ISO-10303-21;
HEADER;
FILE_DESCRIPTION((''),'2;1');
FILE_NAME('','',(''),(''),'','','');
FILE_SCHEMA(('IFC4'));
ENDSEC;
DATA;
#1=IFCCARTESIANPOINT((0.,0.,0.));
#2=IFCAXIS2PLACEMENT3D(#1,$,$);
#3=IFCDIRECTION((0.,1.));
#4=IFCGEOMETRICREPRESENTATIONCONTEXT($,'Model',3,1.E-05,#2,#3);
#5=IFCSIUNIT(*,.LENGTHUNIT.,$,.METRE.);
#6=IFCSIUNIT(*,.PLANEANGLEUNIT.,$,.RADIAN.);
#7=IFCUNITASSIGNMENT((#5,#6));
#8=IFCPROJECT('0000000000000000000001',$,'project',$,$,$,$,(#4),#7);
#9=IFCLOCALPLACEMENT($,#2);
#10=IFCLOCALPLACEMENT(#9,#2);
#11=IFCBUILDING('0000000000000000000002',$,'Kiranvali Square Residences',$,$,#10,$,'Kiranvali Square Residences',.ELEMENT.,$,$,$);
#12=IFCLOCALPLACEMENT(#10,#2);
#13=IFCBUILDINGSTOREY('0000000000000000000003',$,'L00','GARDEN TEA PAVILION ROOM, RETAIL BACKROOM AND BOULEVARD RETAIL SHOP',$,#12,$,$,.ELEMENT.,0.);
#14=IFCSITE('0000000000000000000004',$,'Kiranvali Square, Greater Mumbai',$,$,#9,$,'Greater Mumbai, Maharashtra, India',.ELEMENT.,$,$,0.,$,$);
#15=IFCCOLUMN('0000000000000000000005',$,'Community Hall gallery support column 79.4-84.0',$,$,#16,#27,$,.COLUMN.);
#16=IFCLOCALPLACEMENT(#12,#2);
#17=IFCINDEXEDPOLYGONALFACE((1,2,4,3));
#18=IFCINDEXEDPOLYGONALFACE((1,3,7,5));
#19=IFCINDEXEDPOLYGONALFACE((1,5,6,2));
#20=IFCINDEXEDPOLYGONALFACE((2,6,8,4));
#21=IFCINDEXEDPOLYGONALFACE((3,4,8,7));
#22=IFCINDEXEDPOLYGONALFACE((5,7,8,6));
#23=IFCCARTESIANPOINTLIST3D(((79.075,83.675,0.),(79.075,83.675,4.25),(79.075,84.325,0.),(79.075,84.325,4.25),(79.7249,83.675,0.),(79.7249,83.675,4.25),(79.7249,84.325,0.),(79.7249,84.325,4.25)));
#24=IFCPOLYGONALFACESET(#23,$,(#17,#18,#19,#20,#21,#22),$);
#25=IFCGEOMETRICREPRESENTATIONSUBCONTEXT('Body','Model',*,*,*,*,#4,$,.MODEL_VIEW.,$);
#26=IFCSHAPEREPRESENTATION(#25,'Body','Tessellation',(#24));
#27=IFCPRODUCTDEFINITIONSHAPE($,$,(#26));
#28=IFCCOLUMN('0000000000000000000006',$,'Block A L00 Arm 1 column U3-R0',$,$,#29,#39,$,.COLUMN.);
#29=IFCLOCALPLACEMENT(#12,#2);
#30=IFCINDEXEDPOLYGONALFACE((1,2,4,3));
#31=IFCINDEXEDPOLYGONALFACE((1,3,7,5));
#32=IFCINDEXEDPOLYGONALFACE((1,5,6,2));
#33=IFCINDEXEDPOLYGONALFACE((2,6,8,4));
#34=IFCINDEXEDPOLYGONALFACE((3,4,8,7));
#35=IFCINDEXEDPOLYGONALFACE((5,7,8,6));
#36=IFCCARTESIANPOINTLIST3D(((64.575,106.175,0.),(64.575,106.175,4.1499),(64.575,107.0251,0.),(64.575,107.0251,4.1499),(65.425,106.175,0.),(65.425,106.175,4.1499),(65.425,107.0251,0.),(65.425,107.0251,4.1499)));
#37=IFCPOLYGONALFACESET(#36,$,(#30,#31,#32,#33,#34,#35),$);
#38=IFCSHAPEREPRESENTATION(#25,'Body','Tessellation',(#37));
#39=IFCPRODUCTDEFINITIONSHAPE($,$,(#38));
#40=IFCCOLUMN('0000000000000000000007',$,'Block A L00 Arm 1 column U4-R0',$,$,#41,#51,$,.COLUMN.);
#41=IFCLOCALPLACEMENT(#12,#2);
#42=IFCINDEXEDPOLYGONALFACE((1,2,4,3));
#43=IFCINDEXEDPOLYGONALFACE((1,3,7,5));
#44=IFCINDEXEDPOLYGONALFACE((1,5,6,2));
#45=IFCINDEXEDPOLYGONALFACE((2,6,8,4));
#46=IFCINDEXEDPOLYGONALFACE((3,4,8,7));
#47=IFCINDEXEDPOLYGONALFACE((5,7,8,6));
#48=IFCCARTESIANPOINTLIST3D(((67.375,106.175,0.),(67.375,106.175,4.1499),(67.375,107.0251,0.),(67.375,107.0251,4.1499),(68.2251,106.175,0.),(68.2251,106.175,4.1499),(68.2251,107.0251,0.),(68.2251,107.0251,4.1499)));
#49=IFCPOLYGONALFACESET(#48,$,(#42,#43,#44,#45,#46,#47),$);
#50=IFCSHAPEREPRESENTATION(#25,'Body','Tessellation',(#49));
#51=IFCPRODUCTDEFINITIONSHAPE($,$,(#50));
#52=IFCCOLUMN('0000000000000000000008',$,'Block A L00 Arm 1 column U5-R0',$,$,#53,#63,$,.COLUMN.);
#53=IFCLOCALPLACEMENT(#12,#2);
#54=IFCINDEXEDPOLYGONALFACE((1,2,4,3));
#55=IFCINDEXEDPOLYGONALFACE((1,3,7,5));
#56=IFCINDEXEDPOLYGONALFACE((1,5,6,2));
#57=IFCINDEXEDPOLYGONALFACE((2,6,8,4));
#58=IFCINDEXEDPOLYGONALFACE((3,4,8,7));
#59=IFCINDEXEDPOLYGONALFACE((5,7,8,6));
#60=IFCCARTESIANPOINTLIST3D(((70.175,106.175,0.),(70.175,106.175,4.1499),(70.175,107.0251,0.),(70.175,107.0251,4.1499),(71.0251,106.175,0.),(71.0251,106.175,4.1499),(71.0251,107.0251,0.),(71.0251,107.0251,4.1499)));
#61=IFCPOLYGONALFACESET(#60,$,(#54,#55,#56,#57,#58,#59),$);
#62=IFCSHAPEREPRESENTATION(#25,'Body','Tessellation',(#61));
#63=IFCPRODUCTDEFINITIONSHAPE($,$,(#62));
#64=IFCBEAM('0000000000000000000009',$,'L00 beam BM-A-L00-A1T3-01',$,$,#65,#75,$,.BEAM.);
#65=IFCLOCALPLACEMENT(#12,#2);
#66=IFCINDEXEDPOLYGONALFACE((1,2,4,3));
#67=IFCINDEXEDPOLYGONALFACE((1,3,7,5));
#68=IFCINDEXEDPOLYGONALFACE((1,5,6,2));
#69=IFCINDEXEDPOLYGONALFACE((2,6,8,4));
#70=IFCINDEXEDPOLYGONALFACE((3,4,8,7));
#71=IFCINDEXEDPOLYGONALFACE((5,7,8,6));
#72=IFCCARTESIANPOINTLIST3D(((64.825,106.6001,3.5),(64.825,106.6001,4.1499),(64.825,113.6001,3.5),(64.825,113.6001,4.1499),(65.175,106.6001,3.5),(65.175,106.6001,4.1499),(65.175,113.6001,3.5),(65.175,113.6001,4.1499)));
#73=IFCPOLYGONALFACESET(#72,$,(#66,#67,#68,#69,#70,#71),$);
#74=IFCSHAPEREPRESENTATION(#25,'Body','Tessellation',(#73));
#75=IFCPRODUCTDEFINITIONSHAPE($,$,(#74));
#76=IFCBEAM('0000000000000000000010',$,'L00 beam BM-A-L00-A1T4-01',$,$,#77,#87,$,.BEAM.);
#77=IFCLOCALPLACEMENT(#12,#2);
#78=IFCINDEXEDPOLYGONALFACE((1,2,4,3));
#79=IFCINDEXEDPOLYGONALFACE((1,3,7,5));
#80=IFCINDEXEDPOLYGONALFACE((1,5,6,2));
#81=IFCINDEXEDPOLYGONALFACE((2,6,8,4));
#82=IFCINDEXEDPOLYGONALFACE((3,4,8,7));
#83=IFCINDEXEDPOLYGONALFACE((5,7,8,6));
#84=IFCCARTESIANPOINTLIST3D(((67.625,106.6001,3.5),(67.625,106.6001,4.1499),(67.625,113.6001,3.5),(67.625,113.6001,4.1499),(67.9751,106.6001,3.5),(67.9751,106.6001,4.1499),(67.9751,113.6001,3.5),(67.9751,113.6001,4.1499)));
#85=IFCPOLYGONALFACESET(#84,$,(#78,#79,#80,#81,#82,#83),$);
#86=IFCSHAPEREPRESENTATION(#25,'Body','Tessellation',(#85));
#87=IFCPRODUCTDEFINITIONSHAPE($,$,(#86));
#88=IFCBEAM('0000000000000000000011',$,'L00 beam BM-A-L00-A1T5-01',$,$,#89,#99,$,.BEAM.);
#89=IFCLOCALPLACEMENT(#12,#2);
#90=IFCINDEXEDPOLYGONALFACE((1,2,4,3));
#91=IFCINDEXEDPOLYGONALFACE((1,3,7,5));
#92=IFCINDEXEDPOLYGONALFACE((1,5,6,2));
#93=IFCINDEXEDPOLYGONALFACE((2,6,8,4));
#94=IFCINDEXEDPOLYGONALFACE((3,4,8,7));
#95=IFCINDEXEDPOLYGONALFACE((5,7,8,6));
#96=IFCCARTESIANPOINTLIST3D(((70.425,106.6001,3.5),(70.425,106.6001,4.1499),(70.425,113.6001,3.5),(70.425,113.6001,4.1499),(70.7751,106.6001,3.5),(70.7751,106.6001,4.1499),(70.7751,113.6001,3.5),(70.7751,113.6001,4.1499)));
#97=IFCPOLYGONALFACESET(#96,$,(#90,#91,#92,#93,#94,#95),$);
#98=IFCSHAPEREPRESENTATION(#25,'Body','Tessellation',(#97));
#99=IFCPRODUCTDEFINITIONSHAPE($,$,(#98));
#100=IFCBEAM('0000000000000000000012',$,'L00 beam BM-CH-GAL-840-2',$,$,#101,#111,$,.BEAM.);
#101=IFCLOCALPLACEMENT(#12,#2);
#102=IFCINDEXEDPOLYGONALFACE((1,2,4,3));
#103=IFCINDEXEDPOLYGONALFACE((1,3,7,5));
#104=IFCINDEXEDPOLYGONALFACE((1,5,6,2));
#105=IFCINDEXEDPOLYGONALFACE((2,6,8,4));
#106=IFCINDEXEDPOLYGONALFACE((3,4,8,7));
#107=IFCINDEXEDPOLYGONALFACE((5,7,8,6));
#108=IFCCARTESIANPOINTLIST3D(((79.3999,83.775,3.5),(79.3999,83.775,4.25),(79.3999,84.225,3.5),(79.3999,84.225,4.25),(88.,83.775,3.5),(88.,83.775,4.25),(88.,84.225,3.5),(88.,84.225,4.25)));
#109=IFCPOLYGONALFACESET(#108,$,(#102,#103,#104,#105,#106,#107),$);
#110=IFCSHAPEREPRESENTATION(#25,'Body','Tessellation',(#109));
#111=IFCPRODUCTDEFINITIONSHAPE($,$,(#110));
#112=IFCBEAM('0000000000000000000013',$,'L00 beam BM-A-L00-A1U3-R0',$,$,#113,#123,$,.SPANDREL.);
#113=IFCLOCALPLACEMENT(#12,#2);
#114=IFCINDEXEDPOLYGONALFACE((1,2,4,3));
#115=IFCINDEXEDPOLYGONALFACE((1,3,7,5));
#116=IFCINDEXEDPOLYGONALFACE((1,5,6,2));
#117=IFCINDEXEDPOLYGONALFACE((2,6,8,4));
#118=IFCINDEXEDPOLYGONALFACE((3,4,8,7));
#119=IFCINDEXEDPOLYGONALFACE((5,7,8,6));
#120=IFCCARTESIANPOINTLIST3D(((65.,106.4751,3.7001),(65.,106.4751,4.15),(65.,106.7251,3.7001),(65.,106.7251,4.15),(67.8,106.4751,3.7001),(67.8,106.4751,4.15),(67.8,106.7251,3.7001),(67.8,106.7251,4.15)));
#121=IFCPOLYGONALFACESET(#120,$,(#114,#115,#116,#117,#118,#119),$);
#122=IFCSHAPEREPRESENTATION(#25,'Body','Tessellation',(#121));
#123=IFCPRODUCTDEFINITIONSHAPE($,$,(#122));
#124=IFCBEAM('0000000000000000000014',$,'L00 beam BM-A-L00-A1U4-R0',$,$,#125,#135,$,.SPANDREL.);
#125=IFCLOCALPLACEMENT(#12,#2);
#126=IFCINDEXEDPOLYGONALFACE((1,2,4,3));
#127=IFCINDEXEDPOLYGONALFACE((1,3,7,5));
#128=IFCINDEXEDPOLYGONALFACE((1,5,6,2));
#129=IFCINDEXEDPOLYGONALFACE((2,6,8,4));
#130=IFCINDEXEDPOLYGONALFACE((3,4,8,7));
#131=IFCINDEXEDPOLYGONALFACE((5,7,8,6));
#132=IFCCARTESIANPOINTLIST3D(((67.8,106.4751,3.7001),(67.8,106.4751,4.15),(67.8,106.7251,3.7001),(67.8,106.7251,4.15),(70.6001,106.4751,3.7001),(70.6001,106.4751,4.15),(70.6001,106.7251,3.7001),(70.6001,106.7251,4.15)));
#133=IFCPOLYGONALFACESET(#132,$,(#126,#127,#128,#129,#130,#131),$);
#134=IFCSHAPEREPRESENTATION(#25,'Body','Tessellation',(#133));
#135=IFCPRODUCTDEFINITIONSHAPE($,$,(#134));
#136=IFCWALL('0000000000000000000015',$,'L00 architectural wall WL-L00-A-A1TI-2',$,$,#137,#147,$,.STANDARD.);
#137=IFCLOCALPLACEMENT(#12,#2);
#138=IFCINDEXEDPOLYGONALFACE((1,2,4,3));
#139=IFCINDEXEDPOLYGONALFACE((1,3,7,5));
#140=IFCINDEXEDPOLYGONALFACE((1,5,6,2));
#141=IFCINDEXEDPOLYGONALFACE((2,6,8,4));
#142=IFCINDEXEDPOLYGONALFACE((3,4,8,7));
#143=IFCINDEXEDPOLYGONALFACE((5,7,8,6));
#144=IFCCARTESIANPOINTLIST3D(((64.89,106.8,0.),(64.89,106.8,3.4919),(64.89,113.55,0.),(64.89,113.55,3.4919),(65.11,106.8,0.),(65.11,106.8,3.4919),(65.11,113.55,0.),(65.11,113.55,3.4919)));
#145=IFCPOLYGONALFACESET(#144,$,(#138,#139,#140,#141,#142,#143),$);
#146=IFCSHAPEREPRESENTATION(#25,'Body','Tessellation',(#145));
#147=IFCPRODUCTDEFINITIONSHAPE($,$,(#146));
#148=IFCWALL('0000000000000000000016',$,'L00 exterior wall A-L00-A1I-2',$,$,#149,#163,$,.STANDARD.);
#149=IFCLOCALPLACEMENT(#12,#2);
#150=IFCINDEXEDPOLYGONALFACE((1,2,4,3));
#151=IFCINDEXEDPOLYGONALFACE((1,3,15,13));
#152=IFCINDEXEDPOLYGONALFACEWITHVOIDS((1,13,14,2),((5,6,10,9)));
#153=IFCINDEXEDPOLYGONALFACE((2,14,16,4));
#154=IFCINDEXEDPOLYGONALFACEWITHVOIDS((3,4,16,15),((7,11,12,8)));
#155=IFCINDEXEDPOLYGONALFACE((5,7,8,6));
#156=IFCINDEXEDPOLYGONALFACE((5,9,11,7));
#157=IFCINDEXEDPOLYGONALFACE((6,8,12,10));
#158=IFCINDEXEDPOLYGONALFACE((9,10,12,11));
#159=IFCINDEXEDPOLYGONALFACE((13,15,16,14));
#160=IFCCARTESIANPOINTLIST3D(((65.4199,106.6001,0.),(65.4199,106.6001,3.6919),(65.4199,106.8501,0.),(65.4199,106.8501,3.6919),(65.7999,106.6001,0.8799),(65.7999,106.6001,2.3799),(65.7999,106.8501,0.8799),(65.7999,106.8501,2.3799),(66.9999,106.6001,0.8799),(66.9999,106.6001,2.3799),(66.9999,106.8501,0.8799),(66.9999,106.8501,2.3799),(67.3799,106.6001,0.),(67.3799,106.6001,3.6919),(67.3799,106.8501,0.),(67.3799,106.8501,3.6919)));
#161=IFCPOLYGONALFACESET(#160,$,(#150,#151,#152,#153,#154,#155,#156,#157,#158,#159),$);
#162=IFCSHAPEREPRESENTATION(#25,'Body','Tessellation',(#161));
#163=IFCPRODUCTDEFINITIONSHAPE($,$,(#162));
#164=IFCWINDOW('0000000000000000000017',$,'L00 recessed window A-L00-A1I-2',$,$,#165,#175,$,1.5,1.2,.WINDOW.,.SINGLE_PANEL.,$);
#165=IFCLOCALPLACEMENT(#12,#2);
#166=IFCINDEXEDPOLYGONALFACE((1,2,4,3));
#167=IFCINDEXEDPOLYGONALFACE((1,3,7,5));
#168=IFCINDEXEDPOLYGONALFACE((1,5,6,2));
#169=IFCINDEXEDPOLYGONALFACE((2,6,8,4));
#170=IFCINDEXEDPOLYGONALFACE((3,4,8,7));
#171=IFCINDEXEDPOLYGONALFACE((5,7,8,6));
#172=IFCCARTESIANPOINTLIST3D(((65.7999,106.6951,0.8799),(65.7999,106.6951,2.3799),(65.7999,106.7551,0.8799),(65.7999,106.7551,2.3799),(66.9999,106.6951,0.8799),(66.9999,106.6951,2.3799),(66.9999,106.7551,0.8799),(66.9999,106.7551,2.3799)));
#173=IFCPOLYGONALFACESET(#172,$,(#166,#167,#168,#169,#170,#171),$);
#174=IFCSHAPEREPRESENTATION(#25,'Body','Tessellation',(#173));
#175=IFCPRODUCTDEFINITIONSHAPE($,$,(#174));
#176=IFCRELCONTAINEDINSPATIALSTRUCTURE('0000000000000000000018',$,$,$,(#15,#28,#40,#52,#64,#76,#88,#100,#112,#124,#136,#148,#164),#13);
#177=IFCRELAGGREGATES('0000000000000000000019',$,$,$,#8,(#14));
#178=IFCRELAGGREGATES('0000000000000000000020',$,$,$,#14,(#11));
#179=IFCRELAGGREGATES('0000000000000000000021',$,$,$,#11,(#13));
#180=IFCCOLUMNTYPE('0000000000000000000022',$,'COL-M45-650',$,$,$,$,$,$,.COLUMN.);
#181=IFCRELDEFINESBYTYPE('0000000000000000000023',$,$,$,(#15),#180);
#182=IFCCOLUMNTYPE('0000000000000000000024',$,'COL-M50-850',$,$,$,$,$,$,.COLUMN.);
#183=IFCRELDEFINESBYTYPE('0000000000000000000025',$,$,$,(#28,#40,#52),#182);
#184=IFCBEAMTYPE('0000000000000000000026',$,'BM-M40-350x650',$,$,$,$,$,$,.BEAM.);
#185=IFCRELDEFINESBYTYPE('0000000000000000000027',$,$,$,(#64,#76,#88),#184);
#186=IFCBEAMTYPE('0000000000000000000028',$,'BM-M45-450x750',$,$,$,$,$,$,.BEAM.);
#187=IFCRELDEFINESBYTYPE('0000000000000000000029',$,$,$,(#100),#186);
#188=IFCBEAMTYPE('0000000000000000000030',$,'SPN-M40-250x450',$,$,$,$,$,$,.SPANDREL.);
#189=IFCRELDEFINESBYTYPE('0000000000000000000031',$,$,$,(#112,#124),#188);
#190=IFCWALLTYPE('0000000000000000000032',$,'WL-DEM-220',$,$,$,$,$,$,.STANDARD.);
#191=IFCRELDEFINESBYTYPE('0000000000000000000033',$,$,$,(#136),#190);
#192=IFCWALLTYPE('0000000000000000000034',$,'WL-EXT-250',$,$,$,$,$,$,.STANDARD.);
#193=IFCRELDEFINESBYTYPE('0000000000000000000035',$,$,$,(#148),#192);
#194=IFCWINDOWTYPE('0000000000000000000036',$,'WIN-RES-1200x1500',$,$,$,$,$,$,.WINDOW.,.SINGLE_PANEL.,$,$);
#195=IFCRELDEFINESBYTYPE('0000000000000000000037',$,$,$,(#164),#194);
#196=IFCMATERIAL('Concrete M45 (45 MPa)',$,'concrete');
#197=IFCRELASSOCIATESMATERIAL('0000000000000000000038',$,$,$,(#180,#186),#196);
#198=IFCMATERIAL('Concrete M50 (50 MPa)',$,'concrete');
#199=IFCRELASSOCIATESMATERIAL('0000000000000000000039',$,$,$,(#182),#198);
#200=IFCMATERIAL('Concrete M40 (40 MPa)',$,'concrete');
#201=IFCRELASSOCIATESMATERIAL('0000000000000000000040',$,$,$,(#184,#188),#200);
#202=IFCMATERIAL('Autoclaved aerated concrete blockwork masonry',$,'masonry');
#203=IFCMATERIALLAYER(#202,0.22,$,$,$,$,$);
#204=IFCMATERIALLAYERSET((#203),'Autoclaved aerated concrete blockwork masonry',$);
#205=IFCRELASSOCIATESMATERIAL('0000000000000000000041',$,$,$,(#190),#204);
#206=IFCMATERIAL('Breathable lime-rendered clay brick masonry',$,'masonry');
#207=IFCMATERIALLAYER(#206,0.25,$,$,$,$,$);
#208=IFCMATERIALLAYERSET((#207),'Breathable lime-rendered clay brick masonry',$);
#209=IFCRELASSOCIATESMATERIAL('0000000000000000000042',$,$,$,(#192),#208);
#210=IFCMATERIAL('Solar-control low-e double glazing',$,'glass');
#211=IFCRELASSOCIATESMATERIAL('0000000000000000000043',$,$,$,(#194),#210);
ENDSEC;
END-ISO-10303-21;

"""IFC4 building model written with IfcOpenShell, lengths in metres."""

from ifc_helpers import new_model, si_unit, direction, frame, frame_2d, origin, origin_2d, place, context, subcontext, project, spatial, rectangle, extrude, material, layer, layer_set, material_profile, profile_set, type_object, element, fill, save


model = new_model("IFC4")

# Units and contexts
model_context = context("Model", 3, precision=1e-05, world=origin(), true_north=direction((0.0, 1.0)))
body_context = subcontext(model_context, "Body", "Model", "MODEL_VIEW")
ifc_project = project(units=[si_unit("LENGTHUNIT", "METRE"), si_unit("PLANEANGLEUNIT", "RADIAN")], contexts=[model_context])

# Site, building, storey
site_placement = place(None, origin())
site = spatial("IfcSite", under=ifc_project, at=site_placement, Name="Kiranvali Square, Greater Mumbai", LongName="Greater Mumbai, Maharashtra, India", CompositionType="ELEMENT", RefElevation=0.0)
building_placement = place(site_placement, origin())
building = spatial("IfcBuilding", under=site, at=building_placement, Name="Kiranvali Square Residences", LongName="Kiranvali Square Residences", CompositionType="ELEMENT")
storey_placement = place(building_placement, origin())
storey = spatial("IfcBuildingStorey", under=building, at=storey_placement, Name="L00", Description="GARDEN TEA PAVILION ROOM, RETAIL BACKROOM AND BOULEVARD RETAIL SHOP", CompositionType="ELEMENT", Elevation=0.0)

# Columns
ifc_material_1 = material(Name="Concrete M45 (45 MPa)", Category="concrete")
ifc_material_profile_1 = material_profile(ifc_material_1, rectangle(XDim=0.6499, YDim=0.6499, at=origin_2d()), Name="RC 650x650")
ifc_profile_set_1 = profile_set([ifc_material_profile_1], Name="Concrete M45 (45 MPa)")
column_type_1 = type_object("IfcColumnType", Name="COL-M45-650", PredefinedType="COLUMN", material=ifc_profile_set_1)
column_placement = place(storey_placement, frame((79.3999, 84.0, 0.0), z_axis=(0.0, 0.0, 1.0), x_axis=(1.0, 0.0, 0.0)))
element("IfcColumn", 1, at=column_placement, inside=storey, type_object=column_type_1, Name="Community Hall gallery support column 79.4-84.0", PredefinedType="COLUMN", context=body_context, shape_type="SweptSolid", body=[
    extrude(rectangle(XDim=0.6499, YDim=0.6499, at=origin_2d()), origin(), (0.0, 0.0, 1.0), 4.25),
])
ifc_material_2 = material(Name="Concrete M50 (50 MPa)", Category="concrete")
ifc_material_profile_2 = material_profile(ifc_material_2, rectangle(XDim=0.8501, YDim=0.8501, at=origin_2d()), Name="RC 850x850")
ifc_profile_set_2 = profile_set([ifc_material_profile_2], Name="Concrete M50 (50 MPa)")
column_type_2 = type_object("IfcColumnType", Name="COL-M50-850", PredefinedType="COLUMN", material=ifc_profile_set_2)
for number, where, z_axis, x_axis, name in (
    (2, (65.0, 106.6001, 0.0), (0.0, 0.0, 1.0), (1.0, 0.0, 0.0), "Block A L00 Arm 1 column U3-R0"),
    (3, (67.8, 106.6001, 0.0), (0.0, 0.0, 1.0), (1.0, 0.0, 0.0), "Block A L00 Arm 1 column U4-R0"),
    (4, (70.6001, 106.6001, 0.0), (0.0, 0.0, 1.0), (1.0, 0.0, 0.0), "Block A L00 Arm 1 column U5-R0"),
):
    element("IfcColumn", number, at=place(storey_placement, frame(where, z_axis=z_axis, x_axis=x_axis)), inside=storey, type_object=column_type_2, Name=name, PredefinedType="COLUMN", context=body_context, shape_type="SweptSolid", body=[
        extrude(rectangle(XDim=0.8501, YDim=0.8501, at=origin_2d()), origin(), (0.0, 0.0, 1.0), 4.1499),
    ])

# Beams
ifc_material_3 = material(Name="Concrete M40 (40 MPa)", Category="concrete")
ifc_material_profile_3 = material_profile(ifc_material_3, rectangle(XDim=0.3501, YDim=0.6499, at=origin_2d()), Name="RC 350x650")
ifc_profile_set_3 = profile_set([ifc_material_profile_3], Name="Concrete M40 (40 MPa)")
beam_type_1 = type_object("IfcBeamType", Name="BM-M40-350x650", PredefinedType="BEAM", material=ifc_profile_set_3)
for number, where, z_axis, x_axis, name in (
    (5, (65.0, 106.6001, 3.825), (0.0, 1.0, 0.0), (-1.0, 0.0, 0.0), "L00 beam BM-A-L00-A1T3-01"),
    (6, (67.8, 106.6001, 3.825), (0.0, 1.0, 0.0), (-1.0, 0.0, 0.0), "L00 beam BM-A-L00-A1T4-01"),
    (7, (70.6001, 106.6001, 3.825), (0.0, 1.0, 0.0), (-1.0, 0.0, 0.0), "L00 beam BM-A-L00-A1T5-01"),
):
    element("IfcBeam", number, at=place(storey_placement, frame(where, z_axis=z_axis, x_axis=x_axis)), inside=storey, type_object=beam_type_1, Name=name, PredefinedType="BEAM", context=body_context, shape_type="SweptSolid", body=[
        extrude(rectangle(XDim=0.3501, YDim=0.6499, at=origin_2d()), origin(), (0.0, 0.0, 1.0), 7.0),
    ])
ifc_material_profile_4 = material_profile(ifc_material_1, rectangle(XDim=0.45, YDim=0.75, at=origin_2d()), Name="RC 450x750")
ifc_profile_set_4 = profile_set([ifc_material_profile_4], Name="Concrete M45 (45 MPa)")
beam_type_2 = type_object("IfcBeamType", Name="BM-M45-450x750", PredefinedType="BEAM", material=ifc_profile_set_4)
beam_placement = place(storey_placement, frame((79.3999, 84.0, 3.875), z_axis=(1.0, 0.0, 0.0), x_axis=(0.0, 1.0, 0.0)))
element("IfcBeam", 8, at=beam_placement, inside=storey, type_object=beam_type_2, Name="L00 beam BM-CH-GAL-840-2", PredefinedType="BEAM", context=body_context, shape_type="SweptSolid", body=[
    extrude(rectangle(XDim=0.45, YDim=0.75, at=origin_2d()), origin(), (0.0, 0.0, 1.0), 8.6001),
])
ifc_material_profile_5 = material_profile(ifc_material_3, rectangle(XDim=0.25, YDim=0.45, at=origin_2d()), Name="RC 250x450")
ifc_profile_set_5 = profile_set([ifc_material_profile_5], Name="Concrete M40 (40 MPa)")
beam_type_3 = type_object("IfcBeamType", Name="SPN-M40-250x450", PredefinedType="SPANDREL", material=ifc_profile_set_5)
for number, where, z_axis, x_axis, name in (
    (9, (65.0, 106.6001, 3.925), (1.0, 0.0, 0.0), (0.0, 1.0, 0.0), "L00 beam BM-A-L00-A1U3-R0"),
    (10, (67.8, 106.6001, 3.925), (1.0, 0.0, 0.0), (0.0, 1.0, 0.0), "L00 beam BM-A-L00-A1U4-R0"),
):
    element("IfcBeam", number, at=place(storey_placement, frame(where, z_axis=z_axis, x_axis=x_axis)), inside=storey, type_object=beam_type_3, Name=name, PredefinedType="SPANDREL", context=body_context, shape_type="SweptSolid", body=[
        extrude(rectangle(XDim=0.25, YDim=0.45, at=origin_2d()), origin(), (0.0, 0.0, 1.0), 2.8),
    ])

# Wall
ifc_material_4 = material(Name="Autoclaved aerated concrete blockwork masonry", Category="masonry")
ifc_layer_1 = layer(ifc_material_4, 0.22)
ifc_layer_set_1 = layer_set([ifc_layer_1], Name="Autoclaved aerated concrete blockwork masonry")
wall_type_1 = type_object("IfcWallType", Name="WL-DEM-220", PredefinedType="STANDARD", material=ifc_layer_set_1)
wall_1_placement = place(storey_placement, frame((65.0, 106.8, 0.0), z_axis=(0.0, 0.0, 1.0), x_axis=(0.0, 1.0, 0.0)))
element("IfcWall", 11, at=wall_1_placement, inside=storey, type_object=wall_type_1, Name="L00 architectural wall WL-L00-A-A1TI-2", PredefinedType="STANDARD", context=body_context, shape_type="SweptSolid", body=[
    extrude(rectangle(XDim=6.75, YDim=0.22, at=frame_2d((3.375, 0.0))), origin(), (0.0, 0.0, 1.0), 3.4919),
])

# Wall, opening, window
ifc_material_5 = material(Name="Breathable lime-rendered clay brick masonry", Category="masonry")
ifc_layer_2 = layer(ifc_material_5, 0.25)
ifc_layer_set_2 = layer_set([ifc_layer_2], Name="Breathable lime-rendered clay brick masonry")
wall_type_2 = type_object("IfcWallType", Name="WL-EXT-250", PredefinedType="STANDARD", material=ifc_layer_set_2)
wall_2_placement = place(storey_placement, frame((65.4199, 106.7251, 0.0), z_axis=(0.0, 0.0, 1.0), x_axis=(1.0, 0.0, 0.0)))
wall_2 = element("IfcWall", 12, at=wall_2_placement, inside=storey, type_object=wall_type_2, Name="L00 exterior wall A-L00-A1I-2", PredefinedType="STANDARD", context=body_context, shape_type="SweptSolid", body=[
    extrude(rectangle(XDim=1.96, YDim=0.25, at=frame_2d((0.98, 0.0))), origin(), (0.0, 0.0, 1.0), 3.6919),
])
opening_1_placement = place(wall_2_placement, frame((0.3799, 0.0, 0.8799)))
opening_1 = element("IfcOpeningElement", 13, at=opening_1_placement, cuts=wall_2, PredefinedType="OPENING", context=body_context, shape_type="SweptSolid", body=[
    extrude(rectangle(XDim=1.2, YDim=1.5, at=frame_2d((0.6001, 0.75))), frame((0.0, 0.135, 0.0), z_axis=(0.0, -1.0, 0.0), x_axis=(1.0, 0.0, 0.0)), (0.0, 0.0, 1.0), 0.27),
])
ifc_material_6 = material(Name="Solar-control low-e double glazing", Category="glass")
window_type_1 = type_object("IfcWindowType", Name="WIN-RES-1200x1500", PartitioningType="SINGLE_PANEL", PredefinedType="WINDOW", material=ifc_material_6)
window_1_placement = place(opening_1_placement, origin())
window_1 = element("IfcWindow", 14, at=window_1_placement, inside=storey, type_object=window_type_1, Name="L00 recessed window A-L00-A1I-2", OverallHeight=1.5, OverallWidth=1.2, PartitioningType="SINGLE_PANEL", PredefinedType="WINDOW", context=body_context, shape_type="SweptSolid", body=[
    extrude(rectangle(XDim=1.2, YDim=1.5, at=frame_2d((0.6001, 0.75))), frame((0.0, 0.03, 0.0), z_axis=(0.0, -1.0, 0.0), x_axis=(1.0, 0.0, 0.0)), (0.0, 0.0, 1.0), 0.0601),
])
fill(opening_1, window_1)

save(model, "model.ifc")
